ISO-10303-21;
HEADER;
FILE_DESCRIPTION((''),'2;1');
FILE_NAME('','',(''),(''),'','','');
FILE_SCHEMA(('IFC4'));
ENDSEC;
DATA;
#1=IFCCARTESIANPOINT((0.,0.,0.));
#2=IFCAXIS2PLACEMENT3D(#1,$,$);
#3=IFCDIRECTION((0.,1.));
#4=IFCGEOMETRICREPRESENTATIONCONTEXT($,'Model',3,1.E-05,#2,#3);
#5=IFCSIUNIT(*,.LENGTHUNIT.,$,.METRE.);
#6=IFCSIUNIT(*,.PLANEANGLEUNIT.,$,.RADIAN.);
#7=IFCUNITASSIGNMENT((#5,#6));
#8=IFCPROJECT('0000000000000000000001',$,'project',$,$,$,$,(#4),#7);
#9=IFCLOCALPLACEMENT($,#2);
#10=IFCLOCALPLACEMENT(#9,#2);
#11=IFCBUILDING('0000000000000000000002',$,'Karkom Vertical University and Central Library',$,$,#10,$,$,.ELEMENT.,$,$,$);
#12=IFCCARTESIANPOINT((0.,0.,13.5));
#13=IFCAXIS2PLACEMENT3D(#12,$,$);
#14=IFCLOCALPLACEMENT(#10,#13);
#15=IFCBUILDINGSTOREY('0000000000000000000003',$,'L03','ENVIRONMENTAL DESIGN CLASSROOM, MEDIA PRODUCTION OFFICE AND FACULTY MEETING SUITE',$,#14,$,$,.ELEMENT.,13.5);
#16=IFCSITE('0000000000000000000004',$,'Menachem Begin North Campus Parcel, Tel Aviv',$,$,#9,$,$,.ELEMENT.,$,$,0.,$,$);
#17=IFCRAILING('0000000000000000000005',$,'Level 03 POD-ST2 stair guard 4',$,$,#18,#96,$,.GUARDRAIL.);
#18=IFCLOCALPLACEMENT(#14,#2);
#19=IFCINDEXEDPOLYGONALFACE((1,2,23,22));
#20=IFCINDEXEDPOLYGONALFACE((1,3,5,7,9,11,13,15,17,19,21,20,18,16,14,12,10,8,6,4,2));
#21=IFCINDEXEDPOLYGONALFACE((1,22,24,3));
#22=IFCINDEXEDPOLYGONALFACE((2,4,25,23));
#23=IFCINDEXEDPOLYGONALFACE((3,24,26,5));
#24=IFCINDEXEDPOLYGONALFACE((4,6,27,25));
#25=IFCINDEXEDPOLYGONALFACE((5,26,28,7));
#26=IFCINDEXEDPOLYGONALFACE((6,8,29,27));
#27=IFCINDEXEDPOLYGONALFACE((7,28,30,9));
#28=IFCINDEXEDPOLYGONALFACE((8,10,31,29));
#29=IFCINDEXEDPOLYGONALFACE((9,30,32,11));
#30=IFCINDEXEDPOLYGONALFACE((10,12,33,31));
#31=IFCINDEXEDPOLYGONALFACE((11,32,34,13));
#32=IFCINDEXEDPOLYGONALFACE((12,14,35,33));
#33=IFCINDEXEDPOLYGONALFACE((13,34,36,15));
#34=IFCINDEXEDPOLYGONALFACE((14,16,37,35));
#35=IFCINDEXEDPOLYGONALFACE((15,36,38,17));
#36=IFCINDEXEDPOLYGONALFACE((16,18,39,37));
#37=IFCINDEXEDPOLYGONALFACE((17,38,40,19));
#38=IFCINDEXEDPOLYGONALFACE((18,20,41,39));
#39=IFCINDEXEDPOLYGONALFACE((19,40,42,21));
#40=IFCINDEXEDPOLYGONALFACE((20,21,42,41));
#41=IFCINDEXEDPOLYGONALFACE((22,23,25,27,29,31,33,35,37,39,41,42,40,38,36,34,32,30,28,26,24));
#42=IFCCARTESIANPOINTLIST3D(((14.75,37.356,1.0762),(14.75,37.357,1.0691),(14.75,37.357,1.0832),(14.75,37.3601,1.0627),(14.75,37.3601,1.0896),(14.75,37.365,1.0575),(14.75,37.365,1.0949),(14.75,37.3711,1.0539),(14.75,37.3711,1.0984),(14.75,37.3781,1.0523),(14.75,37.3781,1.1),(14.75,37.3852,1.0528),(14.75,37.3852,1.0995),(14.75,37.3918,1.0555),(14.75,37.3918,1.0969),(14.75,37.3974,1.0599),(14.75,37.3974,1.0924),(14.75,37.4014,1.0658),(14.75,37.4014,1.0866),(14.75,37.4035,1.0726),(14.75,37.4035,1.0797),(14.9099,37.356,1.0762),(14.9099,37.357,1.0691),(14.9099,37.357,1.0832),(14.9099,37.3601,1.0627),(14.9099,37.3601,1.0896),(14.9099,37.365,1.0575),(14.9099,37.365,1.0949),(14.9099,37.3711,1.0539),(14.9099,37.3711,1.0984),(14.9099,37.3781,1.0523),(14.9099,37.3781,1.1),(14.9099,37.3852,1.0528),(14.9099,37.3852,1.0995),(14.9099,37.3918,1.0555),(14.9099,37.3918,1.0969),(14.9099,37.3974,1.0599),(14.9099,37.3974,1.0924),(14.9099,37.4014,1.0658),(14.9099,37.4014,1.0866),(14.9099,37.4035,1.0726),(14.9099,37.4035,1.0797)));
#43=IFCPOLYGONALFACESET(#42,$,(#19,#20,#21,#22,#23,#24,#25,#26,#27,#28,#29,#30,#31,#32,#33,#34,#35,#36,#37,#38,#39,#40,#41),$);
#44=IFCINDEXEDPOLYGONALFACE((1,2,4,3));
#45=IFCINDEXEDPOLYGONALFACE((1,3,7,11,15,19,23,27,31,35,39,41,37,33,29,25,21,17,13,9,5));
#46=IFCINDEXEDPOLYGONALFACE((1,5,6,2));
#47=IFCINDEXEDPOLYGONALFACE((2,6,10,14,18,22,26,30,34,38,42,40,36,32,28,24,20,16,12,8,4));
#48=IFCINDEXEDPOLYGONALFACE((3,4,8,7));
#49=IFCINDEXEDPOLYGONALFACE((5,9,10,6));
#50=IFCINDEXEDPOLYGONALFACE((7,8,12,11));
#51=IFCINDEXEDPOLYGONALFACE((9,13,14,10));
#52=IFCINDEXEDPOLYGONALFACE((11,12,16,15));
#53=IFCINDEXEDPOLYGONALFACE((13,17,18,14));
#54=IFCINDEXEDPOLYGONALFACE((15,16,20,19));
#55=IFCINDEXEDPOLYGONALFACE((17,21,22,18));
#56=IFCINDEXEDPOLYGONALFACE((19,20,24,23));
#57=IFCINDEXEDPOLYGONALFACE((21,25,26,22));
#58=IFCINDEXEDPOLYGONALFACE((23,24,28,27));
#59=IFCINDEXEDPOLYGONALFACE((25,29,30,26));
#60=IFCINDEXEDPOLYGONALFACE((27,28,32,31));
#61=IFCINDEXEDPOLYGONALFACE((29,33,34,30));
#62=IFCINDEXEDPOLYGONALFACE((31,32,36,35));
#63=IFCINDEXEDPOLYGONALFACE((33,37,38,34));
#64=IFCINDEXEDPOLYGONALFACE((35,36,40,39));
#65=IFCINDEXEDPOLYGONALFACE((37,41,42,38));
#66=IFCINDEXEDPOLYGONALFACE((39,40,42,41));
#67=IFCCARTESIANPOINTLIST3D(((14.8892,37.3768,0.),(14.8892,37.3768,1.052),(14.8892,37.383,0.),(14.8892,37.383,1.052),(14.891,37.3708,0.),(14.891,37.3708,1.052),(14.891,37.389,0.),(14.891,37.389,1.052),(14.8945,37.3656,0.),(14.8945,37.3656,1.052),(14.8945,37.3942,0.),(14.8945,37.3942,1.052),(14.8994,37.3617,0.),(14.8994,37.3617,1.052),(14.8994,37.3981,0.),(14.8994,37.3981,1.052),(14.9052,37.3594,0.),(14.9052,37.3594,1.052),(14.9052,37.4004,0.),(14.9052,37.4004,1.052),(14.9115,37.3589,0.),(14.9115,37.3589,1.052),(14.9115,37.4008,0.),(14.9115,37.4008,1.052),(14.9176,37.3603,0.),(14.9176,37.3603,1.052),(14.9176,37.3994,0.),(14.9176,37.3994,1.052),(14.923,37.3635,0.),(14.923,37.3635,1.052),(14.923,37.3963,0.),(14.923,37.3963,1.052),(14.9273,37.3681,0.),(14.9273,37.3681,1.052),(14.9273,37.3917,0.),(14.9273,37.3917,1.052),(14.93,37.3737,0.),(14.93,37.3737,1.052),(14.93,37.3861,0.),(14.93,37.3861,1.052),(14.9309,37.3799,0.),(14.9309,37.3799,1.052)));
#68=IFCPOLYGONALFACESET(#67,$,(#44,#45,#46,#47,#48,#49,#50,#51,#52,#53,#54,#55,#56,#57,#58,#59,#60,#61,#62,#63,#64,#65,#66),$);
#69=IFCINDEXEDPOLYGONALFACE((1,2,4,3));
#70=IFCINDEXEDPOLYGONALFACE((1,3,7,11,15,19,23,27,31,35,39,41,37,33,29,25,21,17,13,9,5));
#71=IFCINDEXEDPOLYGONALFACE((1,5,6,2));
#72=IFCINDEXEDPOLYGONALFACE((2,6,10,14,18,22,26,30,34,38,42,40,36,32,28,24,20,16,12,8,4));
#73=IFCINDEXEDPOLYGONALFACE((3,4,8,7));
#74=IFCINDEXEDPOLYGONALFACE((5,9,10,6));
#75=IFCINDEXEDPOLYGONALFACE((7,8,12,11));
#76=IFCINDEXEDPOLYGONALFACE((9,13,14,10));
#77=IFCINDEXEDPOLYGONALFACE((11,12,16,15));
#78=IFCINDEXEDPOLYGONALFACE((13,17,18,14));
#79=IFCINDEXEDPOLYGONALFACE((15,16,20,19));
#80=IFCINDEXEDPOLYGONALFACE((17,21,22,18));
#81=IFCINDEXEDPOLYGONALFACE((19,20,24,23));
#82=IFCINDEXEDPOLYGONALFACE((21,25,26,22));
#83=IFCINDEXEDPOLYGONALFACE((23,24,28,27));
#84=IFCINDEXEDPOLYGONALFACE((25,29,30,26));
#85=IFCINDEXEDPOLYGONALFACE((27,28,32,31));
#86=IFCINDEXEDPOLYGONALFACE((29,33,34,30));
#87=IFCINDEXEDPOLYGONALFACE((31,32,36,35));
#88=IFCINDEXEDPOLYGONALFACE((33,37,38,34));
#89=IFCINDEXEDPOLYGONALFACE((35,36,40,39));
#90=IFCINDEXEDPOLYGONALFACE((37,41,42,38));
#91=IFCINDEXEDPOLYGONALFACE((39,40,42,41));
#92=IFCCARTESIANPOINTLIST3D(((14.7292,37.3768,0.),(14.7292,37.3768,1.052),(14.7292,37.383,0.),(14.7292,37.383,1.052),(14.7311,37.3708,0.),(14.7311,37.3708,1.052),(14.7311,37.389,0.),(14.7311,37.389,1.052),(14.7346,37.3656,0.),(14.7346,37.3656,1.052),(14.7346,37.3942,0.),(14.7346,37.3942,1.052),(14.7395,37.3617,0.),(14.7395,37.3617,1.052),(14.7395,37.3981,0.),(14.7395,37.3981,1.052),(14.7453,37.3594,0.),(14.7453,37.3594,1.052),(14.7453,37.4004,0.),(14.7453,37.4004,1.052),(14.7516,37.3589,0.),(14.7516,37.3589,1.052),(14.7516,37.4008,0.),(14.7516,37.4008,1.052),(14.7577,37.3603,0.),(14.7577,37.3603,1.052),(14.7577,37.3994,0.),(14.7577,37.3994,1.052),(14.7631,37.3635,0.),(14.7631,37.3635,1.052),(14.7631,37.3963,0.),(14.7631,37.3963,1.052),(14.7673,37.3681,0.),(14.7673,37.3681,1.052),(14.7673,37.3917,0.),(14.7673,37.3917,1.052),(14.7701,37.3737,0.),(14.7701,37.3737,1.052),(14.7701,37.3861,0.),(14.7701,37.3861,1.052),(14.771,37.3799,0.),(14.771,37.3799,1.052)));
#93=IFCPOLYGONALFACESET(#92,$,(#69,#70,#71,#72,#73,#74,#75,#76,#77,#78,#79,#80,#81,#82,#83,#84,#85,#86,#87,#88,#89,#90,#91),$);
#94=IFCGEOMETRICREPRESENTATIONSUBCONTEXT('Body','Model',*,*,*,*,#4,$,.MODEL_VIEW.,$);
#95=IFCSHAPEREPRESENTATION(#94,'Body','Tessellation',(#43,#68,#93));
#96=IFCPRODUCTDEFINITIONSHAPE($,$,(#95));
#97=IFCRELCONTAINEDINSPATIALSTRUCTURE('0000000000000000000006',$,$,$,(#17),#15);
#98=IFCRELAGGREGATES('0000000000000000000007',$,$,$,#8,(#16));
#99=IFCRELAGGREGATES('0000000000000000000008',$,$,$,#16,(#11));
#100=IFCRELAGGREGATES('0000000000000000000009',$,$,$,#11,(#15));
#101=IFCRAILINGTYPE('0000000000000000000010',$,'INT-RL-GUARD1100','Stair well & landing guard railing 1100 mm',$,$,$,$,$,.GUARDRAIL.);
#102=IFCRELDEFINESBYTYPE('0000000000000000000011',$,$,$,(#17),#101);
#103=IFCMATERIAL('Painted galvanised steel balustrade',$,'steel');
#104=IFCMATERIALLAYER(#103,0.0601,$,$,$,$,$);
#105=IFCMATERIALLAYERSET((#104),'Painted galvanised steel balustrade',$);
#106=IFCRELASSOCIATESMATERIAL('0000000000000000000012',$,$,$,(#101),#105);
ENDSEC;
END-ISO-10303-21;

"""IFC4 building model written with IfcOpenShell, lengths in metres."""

from ifc_helpers import new_model, si_unit, direction, frame, origin, origin_2d, place, context, subcontext, project, spatial, circle, extrude, material, layer, layer_set, type_object, element, save


model = new_model("IFC4")

# Units and contexts
model_context = context("Model", 3, precision=1e-05, world=origin(), true_north=direction((0.0, 1.0)))
body_context = subcontext(model_context, "Body", "Model", "MODEL_VIEW")
ifc_project = project(units=[si_unit("LENGTHUNIT", "METRE"), si_unit("PLANEANGLEUNIT", "RADIAN")], contexts=[model_context])

# Site, building, storey
site_placement = place(None, origin())
site = spatial("IfcSite", under=ifc_project, at=site_placement, Name="Menachem Begin North Campus Parcel, Tel Aviv", CompositionType="ELEMENT", RefElevation=0.0)
building_placement = place(site_placement, origin())
building = spatial("IfcBuilding", under=site, at=building_placement, Name="Karkom Vertical University and Central Library", CompositionType="ELEMENT")
storey_placement = place(building_placement, frame((0.0, 0.0, 13.5)))
storey = spatial("IfcBuildingStorey", under=building, at=storey_placement, Name="L03", Description="ENVIRONMENTAL DESIGN CLASSROOM, MEDIA PRODUCTION OFFICE AND FACULTY MEETING SUITE", CompositionType="ELEMENT", Elevation=13.5)

# Railing
ifc_material_1 = material(Name="Painted galvanised steel balustrade", Category="steel")
ifc_layer_1 = layer(ifc_material_1, 0.0601)
ifc_layer_set_1 = layer_set([ifc_layer_1], Name="Painted galvanised steel balustrade")
railing_type_1 = type_object("IfcRailingType", Name="INT-RL-GUARD1100", Description="Stair well & landing guard railing 1100 mm", PredefinedType="GUARDRAIL", material=ifc_layer_set_1)
railing_1_placement = place(storey_placement, frame((14.9099, 37.3799, 0.0)))
element("IfcRailing", 1, at=railing_1_placement, inside=storey, type_object=railing_type_1, Name="Level 03 POD-ST2 stair guard 4", PredefinedType="GUARDRAIL", context=body_context, shape_type="SweptSolid", body=[
    extrude(circle(Radius=0.0239, at=origin_2d()), frame((0.0, 0.0, 1.0762), z_axis=(-1.0, 0.0, 0.0), x_axis=(0.0, -1.0, 0.0)), (0.0, 0.0, 1.0), 0.1599),
    extrude(circle(Radius=0.021, at=origin_2d()), origin(), (0.0, 0.0, 1.0), 1.052),
    extrude(circle(Radius=0.021, at=origin_2d()), frame((-0.1599, 0.0, 0.0)), (0.0, 0.0, 1.0), 1.052),
])

save(model, "model.ifc")
